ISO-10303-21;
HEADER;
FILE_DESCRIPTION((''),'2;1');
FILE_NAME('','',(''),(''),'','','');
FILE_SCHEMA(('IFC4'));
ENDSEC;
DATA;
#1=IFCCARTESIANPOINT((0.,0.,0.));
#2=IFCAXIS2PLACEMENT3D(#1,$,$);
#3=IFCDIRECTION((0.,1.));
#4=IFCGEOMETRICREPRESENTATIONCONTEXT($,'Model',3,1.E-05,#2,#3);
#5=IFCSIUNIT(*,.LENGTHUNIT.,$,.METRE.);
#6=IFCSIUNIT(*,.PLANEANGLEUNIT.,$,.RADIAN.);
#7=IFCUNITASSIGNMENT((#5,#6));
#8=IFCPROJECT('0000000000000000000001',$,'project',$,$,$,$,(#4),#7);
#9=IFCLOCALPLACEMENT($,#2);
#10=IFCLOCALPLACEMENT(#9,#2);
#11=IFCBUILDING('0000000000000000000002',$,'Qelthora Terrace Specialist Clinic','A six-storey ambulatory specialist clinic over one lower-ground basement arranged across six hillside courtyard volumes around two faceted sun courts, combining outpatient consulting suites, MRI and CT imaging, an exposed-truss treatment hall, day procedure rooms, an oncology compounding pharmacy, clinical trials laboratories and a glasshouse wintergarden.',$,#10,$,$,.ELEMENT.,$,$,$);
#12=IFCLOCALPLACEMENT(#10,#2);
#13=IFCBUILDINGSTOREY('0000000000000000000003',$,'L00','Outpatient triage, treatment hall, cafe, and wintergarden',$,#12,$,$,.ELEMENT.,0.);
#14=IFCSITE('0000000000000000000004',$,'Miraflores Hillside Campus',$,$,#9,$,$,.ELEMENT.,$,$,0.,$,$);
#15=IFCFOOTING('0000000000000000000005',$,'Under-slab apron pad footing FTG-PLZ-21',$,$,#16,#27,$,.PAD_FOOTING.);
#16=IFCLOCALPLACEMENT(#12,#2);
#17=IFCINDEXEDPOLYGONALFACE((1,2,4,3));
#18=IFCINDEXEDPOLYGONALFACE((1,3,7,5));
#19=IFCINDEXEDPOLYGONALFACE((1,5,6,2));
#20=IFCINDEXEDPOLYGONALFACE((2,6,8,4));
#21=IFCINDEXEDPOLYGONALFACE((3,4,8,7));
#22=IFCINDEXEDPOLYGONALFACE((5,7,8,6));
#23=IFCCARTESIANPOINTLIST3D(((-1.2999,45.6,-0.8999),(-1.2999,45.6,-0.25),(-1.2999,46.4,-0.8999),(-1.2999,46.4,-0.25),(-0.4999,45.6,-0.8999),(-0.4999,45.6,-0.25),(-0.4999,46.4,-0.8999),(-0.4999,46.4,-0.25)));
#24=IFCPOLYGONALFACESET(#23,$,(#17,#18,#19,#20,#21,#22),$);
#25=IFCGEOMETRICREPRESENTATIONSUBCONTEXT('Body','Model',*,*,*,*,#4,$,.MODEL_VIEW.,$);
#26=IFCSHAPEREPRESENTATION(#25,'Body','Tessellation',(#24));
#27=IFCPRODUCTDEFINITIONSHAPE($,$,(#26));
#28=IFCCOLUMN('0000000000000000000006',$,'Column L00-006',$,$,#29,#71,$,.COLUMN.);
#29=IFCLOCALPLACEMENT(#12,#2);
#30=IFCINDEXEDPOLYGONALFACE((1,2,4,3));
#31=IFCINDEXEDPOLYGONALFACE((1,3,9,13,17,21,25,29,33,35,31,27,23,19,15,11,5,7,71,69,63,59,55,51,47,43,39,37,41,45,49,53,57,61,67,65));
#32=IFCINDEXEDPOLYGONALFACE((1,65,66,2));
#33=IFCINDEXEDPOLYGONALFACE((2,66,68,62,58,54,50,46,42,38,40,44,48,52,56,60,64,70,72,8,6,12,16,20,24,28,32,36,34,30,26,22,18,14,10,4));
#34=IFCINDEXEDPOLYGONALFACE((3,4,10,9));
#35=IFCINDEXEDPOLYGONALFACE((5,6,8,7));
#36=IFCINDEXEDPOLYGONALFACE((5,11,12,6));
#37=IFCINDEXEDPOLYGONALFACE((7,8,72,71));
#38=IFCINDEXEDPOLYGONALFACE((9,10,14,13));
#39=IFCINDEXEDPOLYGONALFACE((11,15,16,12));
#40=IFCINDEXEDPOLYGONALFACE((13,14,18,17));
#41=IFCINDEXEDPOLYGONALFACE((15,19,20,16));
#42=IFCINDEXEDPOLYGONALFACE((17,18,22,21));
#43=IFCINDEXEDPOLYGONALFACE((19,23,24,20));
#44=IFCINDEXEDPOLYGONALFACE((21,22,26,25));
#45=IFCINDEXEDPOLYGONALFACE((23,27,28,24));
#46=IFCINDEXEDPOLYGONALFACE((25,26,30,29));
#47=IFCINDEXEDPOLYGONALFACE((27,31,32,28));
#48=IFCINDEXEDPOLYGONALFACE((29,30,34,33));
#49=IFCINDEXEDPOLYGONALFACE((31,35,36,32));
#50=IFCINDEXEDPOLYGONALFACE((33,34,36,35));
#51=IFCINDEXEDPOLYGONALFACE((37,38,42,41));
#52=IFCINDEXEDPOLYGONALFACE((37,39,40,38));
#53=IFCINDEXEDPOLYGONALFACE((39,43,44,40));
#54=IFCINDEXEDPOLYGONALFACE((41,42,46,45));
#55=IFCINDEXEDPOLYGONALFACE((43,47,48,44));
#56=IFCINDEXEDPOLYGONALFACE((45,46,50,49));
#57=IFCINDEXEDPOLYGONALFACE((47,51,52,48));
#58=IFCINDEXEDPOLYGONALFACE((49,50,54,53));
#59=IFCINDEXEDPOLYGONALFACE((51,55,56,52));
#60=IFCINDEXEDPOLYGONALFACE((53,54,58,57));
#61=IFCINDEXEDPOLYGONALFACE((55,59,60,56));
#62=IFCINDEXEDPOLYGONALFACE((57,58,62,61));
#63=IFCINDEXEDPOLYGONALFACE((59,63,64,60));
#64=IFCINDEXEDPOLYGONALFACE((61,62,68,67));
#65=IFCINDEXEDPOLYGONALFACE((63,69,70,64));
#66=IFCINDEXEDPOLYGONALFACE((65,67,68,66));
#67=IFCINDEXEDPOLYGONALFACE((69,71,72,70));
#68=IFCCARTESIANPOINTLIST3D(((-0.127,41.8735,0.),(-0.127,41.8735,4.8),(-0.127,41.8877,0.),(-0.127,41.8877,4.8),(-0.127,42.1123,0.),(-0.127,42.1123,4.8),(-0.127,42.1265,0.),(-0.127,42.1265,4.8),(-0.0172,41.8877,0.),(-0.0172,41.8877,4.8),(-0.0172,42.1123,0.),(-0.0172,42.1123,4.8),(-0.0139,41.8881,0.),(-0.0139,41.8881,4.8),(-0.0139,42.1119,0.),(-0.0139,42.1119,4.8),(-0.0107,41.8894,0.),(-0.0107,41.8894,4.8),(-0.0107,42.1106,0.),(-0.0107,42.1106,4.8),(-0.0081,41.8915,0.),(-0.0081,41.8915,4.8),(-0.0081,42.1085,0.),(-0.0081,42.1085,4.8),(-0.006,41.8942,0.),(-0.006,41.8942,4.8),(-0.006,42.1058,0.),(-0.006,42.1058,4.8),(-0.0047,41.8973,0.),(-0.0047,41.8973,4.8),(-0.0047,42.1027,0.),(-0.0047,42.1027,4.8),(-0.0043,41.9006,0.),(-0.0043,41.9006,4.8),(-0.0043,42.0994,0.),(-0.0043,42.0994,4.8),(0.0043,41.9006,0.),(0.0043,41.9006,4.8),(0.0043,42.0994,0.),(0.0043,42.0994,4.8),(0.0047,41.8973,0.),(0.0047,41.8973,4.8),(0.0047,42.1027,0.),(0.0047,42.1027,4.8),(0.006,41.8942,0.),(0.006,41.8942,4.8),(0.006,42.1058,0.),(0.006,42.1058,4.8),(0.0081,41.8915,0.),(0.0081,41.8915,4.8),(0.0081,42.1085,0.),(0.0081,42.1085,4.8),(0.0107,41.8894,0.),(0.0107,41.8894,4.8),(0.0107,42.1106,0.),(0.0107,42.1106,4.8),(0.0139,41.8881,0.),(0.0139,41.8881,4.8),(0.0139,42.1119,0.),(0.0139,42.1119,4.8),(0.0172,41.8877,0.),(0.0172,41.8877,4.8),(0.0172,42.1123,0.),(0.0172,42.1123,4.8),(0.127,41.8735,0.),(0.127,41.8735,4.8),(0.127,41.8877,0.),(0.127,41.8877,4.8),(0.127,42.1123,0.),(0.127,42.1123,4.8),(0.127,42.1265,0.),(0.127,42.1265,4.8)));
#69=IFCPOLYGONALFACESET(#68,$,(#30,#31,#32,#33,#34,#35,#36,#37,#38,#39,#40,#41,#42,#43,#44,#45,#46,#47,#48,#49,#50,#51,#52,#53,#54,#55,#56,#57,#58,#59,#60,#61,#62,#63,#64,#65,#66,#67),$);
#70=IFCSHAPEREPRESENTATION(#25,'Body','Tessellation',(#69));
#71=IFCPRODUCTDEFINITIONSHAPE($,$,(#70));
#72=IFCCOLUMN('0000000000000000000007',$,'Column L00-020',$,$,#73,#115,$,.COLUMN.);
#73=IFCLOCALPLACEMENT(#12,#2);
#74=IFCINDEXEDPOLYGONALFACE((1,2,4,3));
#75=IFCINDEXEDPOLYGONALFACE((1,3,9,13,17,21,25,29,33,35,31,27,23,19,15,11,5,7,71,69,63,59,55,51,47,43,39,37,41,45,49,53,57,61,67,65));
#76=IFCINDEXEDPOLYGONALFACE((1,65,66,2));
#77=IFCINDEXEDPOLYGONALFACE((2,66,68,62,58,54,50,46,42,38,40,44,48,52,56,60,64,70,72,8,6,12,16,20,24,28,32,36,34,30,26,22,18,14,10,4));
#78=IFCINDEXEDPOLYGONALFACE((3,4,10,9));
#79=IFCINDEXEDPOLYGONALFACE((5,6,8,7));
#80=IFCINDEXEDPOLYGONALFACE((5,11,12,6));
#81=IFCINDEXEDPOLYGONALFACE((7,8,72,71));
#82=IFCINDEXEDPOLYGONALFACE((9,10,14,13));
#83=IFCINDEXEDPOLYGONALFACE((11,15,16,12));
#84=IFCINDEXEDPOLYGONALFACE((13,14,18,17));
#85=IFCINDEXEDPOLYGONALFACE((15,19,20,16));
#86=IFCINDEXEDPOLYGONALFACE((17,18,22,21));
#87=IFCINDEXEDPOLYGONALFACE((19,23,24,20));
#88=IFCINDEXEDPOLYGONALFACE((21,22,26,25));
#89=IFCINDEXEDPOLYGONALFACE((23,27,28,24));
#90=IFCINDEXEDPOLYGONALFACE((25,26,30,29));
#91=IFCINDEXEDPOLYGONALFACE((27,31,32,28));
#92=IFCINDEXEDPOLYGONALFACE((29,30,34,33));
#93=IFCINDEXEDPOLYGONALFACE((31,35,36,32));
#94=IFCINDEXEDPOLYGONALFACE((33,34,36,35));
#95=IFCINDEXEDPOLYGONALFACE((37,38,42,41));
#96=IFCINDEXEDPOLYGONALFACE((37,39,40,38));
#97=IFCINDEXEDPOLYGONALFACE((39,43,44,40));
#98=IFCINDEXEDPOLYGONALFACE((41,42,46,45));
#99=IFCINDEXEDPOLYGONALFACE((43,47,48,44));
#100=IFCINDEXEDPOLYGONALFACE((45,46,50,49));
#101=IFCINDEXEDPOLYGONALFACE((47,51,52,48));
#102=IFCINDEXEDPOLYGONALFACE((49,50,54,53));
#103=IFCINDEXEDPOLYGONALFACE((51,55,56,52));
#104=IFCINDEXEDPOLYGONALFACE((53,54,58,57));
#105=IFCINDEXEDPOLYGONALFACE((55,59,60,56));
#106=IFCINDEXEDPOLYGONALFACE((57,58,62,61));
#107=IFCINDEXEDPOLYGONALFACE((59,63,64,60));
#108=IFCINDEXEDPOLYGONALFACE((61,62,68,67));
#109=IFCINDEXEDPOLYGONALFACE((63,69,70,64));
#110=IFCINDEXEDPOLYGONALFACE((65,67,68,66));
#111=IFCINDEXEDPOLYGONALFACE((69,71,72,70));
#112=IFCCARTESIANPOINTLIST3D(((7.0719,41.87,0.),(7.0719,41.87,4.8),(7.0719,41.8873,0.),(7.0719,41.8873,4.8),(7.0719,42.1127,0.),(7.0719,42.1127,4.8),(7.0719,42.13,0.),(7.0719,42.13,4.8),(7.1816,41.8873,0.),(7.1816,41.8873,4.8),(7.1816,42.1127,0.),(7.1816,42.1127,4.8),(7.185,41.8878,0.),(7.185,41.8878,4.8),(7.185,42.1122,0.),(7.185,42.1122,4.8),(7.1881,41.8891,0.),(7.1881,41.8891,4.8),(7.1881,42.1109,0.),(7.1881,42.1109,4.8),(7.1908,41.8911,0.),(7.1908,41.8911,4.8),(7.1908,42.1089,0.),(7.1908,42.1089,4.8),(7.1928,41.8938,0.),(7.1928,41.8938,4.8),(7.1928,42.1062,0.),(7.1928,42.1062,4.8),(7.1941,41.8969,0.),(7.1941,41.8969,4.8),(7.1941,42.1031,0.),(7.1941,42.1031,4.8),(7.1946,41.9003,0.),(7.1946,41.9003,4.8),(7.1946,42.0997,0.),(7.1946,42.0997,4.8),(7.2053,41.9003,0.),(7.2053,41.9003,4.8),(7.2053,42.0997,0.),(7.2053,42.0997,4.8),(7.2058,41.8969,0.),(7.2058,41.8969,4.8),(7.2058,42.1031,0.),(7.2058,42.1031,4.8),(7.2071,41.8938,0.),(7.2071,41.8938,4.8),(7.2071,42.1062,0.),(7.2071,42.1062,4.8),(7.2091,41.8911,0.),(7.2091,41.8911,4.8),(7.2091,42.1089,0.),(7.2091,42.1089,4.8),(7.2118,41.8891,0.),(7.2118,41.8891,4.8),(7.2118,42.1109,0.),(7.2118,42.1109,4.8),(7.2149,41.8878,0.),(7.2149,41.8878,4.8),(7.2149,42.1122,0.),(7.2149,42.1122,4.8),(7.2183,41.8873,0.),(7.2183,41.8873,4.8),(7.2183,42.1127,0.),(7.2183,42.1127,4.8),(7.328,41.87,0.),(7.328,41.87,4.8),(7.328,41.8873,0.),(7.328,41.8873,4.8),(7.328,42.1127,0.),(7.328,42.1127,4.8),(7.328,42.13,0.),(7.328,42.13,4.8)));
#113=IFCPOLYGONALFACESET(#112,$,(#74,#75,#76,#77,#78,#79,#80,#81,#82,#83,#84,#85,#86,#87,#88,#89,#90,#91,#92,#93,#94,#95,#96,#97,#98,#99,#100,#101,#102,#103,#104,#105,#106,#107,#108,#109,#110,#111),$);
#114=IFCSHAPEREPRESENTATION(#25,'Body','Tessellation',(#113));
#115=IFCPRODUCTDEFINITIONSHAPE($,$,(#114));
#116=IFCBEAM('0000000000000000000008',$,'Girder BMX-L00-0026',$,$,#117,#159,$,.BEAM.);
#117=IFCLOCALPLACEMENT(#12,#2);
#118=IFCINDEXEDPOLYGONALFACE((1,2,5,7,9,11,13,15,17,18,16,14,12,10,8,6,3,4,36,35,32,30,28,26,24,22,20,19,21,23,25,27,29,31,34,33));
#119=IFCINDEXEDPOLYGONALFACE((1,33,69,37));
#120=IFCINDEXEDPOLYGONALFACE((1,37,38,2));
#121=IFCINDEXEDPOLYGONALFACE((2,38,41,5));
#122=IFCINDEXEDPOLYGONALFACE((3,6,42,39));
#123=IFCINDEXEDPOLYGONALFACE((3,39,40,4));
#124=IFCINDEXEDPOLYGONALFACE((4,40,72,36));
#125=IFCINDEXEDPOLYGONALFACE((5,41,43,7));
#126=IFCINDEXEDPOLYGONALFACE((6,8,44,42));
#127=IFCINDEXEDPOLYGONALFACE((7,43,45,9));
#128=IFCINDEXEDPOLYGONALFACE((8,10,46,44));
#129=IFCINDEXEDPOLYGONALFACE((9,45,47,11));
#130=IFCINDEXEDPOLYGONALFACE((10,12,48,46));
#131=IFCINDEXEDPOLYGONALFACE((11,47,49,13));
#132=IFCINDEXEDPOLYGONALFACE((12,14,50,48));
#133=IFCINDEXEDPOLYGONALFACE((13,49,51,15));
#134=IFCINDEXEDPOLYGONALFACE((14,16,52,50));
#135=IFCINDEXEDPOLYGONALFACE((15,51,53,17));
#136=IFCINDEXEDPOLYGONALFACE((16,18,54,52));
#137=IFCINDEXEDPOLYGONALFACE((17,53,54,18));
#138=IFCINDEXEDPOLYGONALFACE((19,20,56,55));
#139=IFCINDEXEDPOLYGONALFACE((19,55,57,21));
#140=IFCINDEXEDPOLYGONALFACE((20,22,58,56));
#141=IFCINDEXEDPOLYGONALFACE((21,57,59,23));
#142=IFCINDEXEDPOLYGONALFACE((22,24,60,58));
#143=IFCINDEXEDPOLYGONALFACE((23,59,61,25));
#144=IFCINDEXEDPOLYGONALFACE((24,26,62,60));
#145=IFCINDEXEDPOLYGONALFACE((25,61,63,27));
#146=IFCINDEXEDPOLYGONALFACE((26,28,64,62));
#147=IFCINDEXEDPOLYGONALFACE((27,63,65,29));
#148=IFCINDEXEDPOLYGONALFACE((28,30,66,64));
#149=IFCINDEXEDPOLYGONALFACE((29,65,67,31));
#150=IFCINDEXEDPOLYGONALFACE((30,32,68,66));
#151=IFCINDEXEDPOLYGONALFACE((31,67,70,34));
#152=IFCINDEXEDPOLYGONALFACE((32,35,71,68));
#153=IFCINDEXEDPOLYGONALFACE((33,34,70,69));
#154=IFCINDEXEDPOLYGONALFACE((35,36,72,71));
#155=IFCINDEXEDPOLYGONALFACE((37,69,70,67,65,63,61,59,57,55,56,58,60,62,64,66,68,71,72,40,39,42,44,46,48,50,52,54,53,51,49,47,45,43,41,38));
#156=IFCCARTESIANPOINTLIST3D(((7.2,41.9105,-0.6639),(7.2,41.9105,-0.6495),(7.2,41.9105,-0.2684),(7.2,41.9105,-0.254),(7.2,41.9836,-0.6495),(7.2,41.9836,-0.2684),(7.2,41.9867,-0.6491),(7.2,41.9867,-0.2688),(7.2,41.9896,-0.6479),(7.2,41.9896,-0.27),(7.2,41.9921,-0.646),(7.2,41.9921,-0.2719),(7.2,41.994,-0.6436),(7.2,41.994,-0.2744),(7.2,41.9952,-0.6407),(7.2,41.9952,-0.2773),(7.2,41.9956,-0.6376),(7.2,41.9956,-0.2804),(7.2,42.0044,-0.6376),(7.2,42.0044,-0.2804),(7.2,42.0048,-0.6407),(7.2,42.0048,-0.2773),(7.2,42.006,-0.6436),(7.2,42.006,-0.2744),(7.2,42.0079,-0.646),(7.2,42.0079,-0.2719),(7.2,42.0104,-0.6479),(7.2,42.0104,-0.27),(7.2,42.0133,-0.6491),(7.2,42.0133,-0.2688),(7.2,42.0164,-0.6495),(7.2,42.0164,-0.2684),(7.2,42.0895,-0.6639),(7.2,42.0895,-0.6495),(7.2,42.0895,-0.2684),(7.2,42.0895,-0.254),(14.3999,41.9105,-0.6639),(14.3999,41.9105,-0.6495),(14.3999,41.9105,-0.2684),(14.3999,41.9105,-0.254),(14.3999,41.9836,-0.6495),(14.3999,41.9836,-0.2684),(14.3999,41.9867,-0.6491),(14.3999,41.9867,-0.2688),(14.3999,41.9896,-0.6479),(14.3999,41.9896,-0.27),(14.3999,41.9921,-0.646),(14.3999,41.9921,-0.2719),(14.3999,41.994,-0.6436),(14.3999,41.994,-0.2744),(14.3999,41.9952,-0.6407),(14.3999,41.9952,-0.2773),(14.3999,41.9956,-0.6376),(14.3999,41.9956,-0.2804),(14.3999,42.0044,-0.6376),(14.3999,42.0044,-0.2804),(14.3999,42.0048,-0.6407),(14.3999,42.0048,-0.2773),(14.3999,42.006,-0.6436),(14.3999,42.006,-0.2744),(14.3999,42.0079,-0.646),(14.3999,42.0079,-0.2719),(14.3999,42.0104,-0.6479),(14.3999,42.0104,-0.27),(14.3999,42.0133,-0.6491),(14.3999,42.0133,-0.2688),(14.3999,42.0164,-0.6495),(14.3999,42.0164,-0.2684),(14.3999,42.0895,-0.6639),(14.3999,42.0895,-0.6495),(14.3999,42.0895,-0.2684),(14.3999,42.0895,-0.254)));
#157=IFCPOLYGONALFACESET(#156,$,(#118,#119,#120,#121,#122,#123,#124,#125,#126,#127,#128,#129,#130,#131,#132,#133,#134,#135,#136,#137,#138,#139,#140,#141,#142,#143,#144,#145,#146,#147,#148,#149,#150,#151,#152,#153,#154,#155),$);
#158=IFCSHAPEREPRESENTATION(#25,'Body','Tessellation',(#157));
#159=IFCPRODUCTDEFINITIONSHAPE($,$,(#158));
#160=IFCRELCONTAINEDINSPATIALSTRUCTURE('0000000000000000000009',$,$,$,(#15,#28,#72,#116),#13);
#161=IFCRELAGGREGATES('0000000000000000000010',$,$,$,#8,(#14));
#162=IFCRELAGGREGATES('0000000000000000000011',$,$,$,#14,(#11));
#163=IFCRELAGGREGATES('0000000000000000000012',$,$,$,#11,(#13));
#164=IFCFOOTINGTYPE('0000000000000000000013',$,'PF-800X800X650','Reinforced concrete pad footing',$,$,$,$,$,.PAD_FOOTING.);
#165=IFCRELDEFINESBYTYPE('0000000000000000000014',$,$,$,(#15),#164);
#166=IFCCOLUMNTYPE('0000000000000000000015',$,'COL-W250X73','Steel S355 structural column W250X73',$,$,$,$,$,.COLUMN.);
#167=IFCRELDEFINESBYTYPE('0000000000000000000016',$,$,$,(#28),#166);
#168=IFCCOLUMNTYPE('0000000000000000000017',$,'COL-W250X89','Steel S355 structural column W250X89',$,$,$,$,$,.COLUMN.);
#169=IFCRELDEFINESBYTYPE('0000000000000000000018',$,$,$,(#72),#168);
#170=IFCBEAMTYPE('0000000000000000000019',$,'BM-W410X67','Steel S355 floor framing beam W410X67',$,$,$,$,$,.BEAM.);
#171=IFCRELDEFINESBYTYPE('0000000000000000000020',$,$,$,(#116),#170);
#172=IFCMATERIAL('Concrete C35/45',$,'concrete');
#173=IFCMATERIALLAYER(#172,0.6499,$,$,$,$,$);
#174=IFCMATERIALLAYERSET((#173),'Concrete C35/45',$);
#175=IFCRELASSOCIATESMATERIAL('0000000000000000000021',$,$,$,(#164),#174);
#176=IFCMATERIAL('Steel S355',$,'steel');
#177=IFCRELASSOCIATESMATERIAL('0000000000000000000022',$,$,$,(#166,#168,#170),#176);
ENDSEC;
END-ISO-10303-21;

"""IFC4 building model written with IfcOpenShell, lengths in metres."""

from ifc_helpers import new_model, si_unit, direction, frame, origin, origin_2d, place, context, subcontext, project, spatial, rectangle, i_section, extrude, material, layer, layer_set, material_profile, profile_set, type_object, element, save


model = new_model("IFC4")

# Units and contexts
model_context = context("Model", 3, precision=1e-05, world=origin(), true_north=direction((0.0, 1.0)))
body_context = subcontext(model_context, "Body", "Model", "MODEL_VIEW")
ifc_project = project(units=[si_unit("LENGTHUNIT", "METRE"), si_unit("PLANEANGLEUNIT", "RADIAN")], contexts=[model_context])

# Site, building, storey
site_placement = place(None, origin())
site = spatial("IfcSite", under=ifc_project, at=site_placement, Name="Miraflores Hillside Campus", CompositionType="ELEMENT", RefElevation=0.0)
building_placement = place(site_placement, origin())
building = spatial("IfcBuilding", under=site, at=building_placement, Name="Qelthora Terrace Specialist Clinic", Description="A six-storey ambulatory specialist clinic over one lower-ground basement arranged across six hillside courtyard volumes around two faceted sun courts, combining outpatient consulting suites, MRI and CT imaging, an exposed-truss treatment hall, day procedure rooms, an oncology compounding pharmacy, clinical trials laboratories and a glasshouse wintergarden.", CompositionType="ELEMENT")
storey_placement = place(building_placement, origin())
storey = spatial("IfcBuildingStorey", under=building, at=storey_placement, Name="L00", Description="Outpatient triage, treatment hall, cafe, and wintergarden", CompositionType="ELEMENT", Elevation=0.0)

# Footing
ifc_material_1 = material(Name="Concrete C35/45", Category="concrete")
ifc_layer_1 = layer(ifc_material_1, 0.6499)
ifc_layer_set_1 = layer_set([ifc_layer_1], Name="Concrete C35/45")
footing_type = type_object("IfcFootingType", Name="PF-800X800X650", Description="Reinforced concrete pad footing", PredefinedType="PAD_FOOTING", material=ifc_layer_set_1)
footing_placement = place(storey_placement, frame((-0.8999, 46.0, -0.8999), z_axis=(0.0, 0.0, 1.0), x_axis=(1.0, 0.0, 0.0)))
element("IfcFooting", 1, at=footing_placement, inside=storey, type_object=footing_type, Name="Under-slab apron pad footing FTG-PLZ-21", PredefinedType="PAD_FOOTING", context=body_context, shape_type="SweptSolid", body=[
    extrude(rectangle(XDim=0.8, YDim=0.8, at=origin_2d()), origin(), (0.0, 0.0, 1.0), 0.6499),
])

# Columns
ifc_material_2 = material(Name="Steel S355", Category="steel")
ifc_material_profile_1 = material_profile(ifc_material_2, i_section(OverallWidth=0.2539, OverallDepth=0.2529, WebThickness=0.0085, FlangeThickness=0.0142, FilletRadius=0.0129, at=origin_2d()), Name="W250X73")
ifc_profile_set_1 = profile_set([ifc_material_profile_1], Name="Steel S355")
column_type_1 = type_object("IfcColumnType", Name="COL-W250X73", Description="Steel S355 structural column W250X73", PredefinedType="COLUMN", material=ifc_profile_set_1)
column_1_placement = place(storey_placement, frame((0.0, 42.0, 0.0), z_axis=(0.0, 0.0, 1.0), x_axis=(1.0, 0.0, 0.0)))
element("IfcColumn", 2, at=column_1_placement, inside=storey, type_object=column_type_1, Name="Column L00-006", PredefinedType="COLUMN", context=body_context, shape_type="SweptSolid", body=[
    extrude(i_section(OverallWidth=0.2539, OverallDepth=0.2529, WebThickness=0.0085, FlangeThickness=0.0142, FilletRadius=0.0129, at=origin_2d()), origin(), (0.0, 0.0, 1.0), 4.8),
])
ifc_material_profile_2 = material_profile(ifc_material_2, i_section(OverallWidth=0.2561, OverallDepth=0.26, WebThickness=0.0107, FlangeThickness=0.0173, FilletRadius=0.0129, at=origin_2d()), Name="W250X89")
ifc_profile_set_2 = profile_set([ifc_material_profile_2], Name="Steel S355")
column_type_2 = type_object("IfcColumnType", Name="COL-W250X89", Description="Steel S355 structural column W250X89", PredefinedType="COLUMN", material=ifc_profile_set_2)
column_2_placement = place(storey_placement, frame((7.2, 42.0, 0.0), z_axis=(0.0, 0.0, 1.0), x_axis=(1.0, 0.0, 0.0)))
element("IfcColumn", 3, at=column_2_placement, inside=storey, type_object=column_type_2, Name="Column L00-020", PredefinedType="COLUMN", context=body_context, shape_type="SweptSolid", body=[
    extrude(i_section(OverallWidth=0.2561, OverallDepth=0.26, WebThickness=0.0107, FlangeThickness=0.0173, FilletRadius=0.0129, at=origin_2d()), origin(), (0.0, 0.0, 1.0), 4.8),
])

# Beam
ifc_material_profile_3 = material_profile(ifc_material_2, i_section(OverallWidth=0.179, OverallDepth=0.4099, WebThickness=0.0088, FlangeThickness=0.0144, FilletRadius=0.012, at=origin_2d()), Name="W410X67")
ifc_profile_set_3 = profile_set([ifc_material_profile_3], Name="Steel S355")
beam_type_1 = type_object("IfcBeamType", Name="BM-W410X67", Description="Steel S355 floor framing beam W410X67", PredefinedType="BEAM", material=ifc_profile_set_3)
beam_1_placement = place(storey_placement, frame((7.2, 42.0, -0.459), z_axis=(1.0, 0.0, 0.0), x_axis=(0.0, 1.0, 0.0)))
element("IfcBeam", 4, at=beam_1_placement, inside=storey, type_object=beam_type_1, Name="Girder BMX-L00-0026", PredefinedType="BEAM", context=body_context, shape_type="SweptSolid", body=[
    extrude(i_section(OverallWidth=0.179, OverallDepth=0.4099, WebThickness=0.0088, FlangeThickness=0.0144, FilletRadius=0.012, at=origin_2d()), origin(), (0.0, 0.0, 1.0), 7.2),
])

save(model, "model.ifc")
